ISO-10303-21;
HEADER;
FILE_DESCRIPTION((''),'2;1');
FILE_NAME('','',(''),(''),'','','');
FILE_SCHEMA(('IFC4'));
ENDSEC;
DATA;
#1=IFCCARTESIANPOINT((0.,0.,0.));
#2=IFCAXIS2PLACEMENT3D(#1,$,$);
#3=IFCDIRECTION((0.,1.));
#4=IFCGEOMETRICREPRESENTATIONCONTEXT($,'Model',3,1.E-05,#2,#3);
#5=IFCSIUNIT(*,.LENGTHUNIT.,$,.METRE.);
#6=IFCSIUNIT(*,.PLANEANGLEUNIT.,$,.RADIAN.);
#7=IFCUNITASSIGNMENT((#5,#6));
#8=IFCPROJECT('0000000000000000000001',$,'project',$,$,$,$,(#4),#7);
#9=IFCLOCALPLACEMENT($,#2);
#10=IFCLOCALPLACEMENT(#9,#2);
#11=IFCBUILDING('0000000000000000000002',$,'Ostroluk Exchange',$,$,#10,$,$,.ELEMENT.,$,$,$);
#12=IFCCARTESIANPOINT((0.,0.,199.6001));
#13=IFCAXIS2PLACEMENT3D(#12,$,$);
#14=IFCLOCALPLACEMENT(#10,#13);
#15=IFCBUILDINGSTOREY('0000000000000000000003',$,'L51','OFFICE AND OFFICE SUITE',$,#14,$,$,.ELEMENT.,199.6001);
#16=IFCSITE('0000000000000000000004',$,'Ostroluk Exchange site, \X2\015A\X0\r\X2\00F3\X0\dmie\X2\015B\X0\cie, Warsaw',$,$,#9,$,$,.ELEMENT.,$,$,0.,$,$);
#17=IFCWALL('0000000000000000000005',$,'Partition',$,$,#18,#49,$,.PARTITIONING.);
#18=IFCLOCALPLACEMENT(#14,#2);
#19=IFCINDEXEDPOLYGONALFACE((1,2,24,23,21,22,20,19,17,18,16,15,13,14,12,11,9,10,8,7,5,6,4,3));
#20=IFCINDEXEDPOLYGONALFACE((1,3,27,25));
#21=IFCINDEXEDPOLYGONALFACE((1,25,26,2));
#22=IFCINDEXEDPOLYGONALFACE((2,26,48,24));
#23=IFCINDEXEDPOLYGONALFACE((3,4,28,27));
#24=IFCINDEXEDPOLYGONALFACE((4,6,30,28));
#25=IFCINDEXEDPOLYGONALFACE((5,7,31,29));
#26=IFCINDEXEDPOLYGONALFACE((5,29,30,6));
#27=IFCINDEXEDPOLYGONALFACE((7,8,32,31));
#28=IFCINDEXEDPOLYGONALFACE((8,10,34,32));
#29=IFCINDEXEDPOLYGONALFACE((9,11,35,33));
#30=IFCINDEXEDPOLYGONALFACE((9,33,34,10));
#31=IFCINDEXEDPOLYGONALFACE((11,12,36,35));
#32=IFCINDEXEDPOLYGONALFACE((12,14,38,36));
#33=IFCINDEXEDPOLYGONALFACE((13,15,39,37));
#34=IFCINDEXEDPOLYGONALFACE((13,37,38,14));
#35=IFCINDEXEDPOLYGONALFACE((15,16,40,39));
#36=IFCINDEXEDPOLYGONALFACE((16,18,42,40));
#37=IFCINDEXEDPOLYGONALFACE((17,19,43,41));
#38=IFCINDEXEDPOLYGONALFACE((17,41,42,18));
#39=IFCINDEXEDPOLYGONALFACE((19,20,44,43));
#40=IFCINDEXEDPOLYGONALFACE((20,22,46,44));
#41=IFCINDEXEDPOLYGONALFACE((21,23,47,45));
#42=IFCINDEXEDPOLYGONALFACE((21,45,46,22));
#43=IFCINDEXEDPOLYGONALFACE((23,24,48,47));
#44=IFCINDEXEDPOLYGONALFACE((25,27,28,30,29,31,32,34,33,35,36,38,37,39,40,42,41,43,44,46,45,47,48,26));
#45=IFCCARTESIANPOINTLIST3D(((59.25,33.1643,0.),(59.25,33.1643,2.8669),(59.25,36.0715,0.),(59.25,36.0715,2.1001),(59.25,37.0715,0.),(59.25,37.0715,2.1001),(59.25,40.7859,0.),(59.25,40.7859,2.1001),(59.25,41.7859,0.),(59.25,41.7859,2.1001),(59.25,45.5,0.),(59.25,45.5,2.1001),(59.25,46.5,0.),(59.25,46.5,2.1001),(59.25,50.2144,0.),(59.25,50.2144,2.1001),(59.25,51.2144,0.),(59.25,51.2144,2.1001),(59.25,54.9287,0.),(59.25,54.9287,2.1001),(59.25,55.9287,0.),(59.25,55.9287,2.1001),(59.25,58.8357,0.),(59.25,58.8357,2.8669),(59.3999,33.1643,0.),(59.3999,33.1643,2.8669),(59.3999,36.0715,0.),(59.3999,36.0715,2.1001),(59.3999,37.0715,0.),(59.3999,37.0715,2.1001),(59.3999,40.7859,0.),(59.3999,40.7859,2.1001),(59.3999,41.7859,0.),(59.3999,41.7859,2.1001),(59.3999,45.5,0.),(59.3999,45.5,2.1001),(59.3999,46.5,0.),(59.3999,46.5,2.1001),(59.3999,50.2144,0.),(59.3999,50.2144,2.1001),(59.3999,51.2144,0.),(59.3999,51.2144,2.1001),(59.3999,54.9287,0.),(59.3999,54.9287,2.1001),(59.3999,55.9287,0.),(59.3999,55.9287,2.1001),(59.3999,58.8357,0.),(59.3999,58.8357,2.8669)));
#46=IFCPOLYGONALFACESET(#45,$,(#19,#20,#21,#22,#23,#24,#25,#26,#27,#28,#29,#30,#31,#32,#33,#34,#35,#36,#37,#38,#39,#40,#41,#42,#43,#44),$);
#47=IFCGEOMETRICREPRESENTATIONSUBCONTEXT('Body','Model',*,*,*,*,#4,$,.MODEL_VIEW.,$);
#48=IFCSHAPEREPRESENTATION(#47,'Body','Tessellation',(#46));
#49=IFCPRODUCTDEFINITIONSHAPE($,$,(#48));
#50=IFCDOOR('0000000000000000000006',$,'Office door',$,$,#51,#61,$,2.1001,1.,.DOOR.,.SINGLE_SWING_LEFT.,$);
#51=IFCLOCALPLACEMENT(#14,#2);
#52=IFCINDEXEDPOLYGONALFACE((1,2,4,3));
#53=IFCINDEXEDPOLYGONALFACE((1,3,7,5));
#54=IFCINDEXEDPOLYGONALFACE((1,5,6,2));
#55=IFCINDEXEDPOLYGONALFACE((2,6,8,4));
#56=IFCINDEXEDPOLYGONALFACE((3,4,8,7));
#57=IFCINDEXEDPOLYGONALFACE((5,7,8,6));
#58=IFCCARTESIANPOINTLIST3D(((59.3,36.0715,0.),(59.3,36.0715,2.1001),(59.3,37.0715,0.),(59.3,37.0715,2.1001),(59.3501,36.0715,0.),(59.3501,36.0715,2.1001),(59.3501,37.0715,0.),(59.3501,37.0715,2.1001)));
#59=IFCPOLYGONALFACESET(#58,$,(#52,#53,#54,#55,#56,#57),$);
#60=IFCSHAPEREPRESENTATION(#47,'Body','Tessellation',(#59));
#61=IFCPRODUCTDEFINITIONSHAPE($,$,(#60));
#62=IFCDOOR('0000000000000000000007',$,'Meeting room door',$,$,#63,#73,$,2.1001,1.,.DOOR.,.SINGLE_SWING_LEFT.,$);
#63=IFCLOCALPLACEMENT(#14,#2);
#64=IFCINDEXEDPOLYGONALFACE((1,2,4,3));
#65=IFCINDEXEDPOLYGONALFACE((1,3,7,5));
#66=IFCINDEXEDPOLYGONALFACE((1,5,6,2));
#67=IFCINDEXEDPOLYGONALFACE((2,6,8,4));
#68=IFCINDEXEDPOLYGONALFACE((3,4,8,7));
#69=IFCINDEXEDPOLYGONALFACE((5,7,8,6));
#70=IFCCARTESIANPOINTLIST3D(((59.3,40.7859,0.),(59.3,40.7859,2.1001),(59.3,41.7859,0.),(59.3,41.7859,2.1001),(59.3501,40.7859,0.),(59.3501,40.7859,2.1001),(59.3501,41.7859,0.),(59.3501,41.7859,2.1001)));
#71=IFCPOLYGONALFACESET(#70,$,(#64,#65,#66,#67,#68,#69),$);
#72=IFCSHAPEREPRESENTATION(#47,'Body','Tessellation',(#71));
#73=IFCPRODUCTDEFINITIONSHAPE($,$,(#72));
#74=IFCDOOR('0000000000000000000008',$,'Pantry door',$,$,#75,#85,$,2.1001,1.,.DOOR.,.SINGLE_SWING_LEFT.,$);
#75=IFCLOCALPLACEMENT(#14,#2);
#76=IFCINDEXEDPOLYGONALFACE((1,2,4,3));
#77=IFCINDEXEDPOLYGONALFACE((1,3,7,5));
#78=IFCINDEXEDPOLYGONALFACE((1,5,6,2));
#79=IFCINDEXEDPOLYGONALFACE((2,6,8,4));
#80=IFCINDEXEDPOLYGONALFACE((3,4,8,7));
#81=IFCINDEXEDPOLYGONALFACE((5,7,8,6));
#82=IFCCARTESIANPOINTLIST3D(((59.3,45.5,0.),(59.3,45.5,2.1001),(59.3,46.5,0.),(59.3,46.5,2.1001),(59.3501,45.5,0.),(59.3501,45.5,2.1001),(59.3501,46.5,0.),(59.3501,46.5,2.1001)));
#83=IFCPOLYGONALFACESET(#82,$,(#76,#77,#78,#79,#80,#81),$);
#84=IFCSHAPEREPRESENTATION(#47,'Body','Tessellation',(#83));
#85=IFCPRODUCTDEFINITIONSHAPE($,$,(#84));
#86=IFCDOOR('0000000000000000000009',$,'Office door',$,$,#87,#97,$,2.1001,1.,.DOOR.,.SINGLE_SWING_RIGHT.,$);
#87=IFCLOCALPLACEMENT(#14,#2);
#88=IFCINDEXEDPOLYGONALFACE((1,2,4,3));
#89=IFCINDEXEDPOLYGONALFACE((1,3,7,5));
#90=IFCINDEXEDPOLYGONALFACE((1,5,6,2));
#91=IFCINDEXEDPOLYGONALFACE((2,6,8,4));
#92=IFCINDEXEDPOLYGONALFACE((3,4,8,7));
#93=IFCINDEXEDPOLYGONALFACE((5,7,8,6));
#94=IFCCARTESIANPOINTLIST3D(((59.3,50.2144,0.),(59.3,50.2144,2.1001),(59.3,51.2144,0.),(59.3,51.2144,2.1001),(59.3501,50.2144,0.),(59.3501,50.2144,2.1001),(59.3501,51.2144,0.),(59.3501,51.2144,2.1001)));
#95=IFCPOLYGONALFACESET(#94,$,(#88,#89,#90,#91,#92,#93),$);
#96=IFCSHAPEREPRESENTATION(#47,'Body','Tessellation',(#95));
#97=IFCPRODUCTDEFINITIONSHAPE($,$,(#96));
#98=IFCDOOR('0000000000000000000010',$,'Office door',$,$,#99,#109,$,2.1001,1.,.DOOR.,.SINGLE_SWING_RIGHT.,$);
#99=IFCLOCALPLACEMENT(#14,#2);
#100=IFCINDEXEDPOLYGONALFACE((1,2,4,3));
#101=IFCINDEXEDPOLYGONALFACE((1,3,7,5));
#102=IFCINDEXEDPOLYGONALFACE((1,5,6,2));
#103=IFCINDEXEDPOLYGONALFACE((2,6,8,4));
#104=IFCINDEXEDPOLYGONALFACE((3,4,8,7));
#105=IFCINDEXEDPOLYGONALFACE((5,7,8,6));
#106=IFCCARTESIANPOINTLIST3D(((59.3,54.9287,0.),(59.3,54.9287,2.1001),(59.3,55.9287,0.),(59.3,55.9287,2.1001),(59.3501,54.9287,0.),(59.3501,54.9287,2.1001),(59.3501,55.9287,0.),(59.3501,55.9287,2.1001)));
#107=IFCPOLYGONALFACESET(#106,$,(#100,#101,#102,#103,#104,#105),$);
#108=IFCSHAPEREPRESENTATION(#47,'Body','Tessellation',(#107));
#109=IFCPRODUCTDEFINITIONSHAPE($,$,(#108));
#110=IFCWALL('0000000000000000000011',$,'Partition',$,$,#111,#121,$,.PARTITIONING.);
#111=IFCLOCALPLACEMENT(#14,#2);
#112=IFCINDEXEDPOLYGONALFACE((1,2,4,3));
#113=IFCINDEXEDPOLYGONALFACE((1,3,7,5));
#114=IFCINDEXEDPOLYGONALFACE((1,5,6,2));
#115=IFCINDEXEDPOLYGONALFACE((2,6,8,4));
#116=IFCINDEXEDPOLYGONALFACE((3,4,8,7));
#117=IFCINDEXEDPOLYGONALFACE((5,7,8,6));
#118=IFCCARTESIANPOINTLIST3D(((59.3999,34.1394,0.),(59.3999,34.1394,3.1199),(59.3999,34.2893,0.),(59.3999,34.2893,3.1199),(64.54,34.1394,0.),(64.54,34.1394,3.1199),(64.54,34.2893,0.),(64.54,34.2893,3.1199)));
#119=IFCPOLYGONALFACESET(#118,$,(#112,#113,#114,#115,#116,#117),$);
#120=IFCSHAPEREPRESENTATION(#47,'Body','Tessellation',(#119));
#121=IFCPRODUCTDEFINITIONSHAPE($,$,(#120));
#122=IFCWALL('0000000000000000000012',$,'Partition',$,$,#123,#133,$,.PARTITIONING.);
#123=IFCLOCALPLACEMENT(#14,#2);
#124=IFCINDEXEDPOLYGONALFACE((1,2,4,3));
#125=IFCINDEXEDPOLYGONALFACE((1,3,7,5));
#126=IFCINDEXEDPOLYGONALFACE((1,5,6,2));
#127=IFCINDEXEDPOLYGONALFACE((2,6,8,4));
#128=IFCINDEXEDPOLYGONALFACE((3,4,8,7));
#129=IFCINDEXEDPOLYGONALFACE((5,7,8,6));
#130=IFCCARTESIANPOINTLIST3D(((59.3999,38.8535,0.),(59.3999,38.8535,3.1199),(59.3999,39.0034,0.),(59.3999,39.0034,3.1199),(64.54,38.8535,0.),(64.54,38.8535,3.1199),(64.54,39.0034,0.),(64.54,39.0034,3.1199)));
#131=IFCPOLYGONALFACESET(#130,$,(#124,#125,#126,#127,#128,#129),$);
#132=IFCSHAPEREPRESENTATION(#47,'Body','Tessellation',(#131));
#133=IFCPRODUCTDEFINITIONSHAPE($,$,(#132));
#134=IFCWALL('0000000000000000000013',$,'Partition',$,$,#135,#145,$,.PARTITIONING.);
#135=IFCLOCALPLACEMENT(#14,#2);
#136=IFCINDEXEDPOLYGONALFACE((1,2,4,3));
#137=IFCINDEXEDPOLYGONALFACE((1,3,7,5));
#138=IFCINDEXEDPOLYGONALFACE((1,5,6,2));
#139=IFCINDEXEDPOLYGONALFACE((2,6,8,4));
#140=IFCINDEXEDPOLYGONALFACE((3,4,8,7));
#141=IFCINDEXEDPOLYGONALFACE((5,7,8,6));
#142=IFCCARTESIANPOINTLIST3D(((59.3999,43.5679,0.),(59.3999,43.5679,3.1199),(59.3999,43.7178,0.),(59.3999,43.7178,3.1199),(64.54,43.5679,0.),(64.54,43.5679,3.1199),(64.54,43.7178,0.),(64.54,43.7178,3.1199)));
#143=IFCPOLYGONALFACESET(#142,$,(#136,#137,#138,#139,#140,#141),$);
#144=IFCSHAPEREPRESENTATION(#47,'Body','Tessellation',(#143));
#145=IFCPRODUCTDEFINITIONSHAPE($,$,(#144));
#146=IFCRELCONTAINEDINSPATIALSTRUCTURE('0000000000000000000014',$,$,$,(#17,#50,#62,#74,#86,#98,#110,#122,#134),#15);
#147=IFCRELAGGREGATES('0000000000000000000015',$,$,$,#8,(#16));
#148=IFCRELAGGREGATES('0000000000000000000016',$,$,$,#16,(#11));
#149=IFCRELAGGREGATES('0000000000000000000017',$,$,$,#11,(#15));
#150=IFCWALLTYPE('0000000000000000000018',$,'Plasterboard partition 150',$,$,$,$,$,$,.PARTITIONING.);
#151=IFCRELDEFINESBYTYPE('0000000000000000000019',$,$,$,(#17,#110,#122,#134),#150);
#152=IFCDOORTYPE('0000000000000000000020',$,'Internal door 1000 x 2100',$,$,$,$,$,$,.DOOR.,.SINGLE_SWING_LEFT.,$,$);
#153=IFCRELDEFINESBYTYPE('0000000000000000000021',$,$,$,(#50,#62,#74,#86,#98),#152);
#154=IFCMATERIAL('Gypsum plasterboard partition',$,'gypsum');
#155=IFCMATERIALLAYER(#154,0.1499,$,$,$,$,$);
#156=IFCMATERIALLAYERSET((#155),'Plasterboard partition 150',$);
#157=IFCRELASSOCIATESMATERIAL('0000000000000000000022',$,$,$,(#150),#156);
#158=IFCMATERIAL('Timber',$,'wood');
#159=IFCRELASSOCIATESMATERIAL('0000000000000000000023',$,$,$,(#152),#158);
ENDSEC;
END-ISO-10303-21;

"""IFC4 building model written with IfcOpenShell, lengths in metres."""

from ifc_helpers import new_model, si_unit, direction, frame, frame_2d, origin, place, context, subcontext, project, spatial, rectangle, extrude, material, layer, layer_set, type_object, element, fill, save


model = new_model("IFC4")

# Units and contexts
model_context = context("Model", 3, precision=1e-05, world=origin(), true_north=direction((0.0, 1.0)))
body_context = subcontext(model_context, "Body", "Model", "MODEL_VIEW")
ifc_project = project(units=[si_unit("LENGTHUNIT", "METRE"), si_unit("PLANEANGLEUNIT", "RADIAN")], contexts=[model_context])

# Site, building, storey
site_placement = place(None, origin())
site = spatial("IfcSite", under=ifc_project, at=site_placement, Name="Ostroluk Exchange site, Śródmieście, Warsaw", CompositionType="ELEMENT", RefElevation=0.0)
building_placement = place(site_placement, origin())
building = spatial("IfcBuilding", under=site, at=building_placement, Name="Ostroluk Exchange", CompositionType="ELEMENT")
storey_placement = place(building_placement, frame((0.0, 0.0, 199.6001)))
storey = spatial("IfcBuildingStorey", under=building, at=storey_placement, Name="L51", Description="OFFICE AND OFFICE SUITE", CompositionType="ELEMENT", Elevation=199.6001)

# Shared definitions
ifc_material_1 = material(Name="Gypsum plasterboard partition", Category="gypsum")
ifc_layer_1 = layer(ifc_material_1, 0.1499)
ifc_layer_set_1 = layer_set([ifc_layer_1], Name="Plasterboard partition 150")
wall_type = type_object("IfcWallType", Name="Plasterboard partition 150", PredefinedType="PARTITIONING", material=ifc_layer_set_1)
ifc_material_2 = material(Name="Timber", Category="wood")
door_type = type_object("IfcDoorType", Name="Internal door 1000 x 2100", OperationType="SINGLE_SWING_LEFT", PredefinedType="DOOR", material=ifc_material_2)

# Wall, openings, doors
wall_1_placement = place(storey_placement, frame((59.325, 33.1643, 0.0), z_axis=(0.0, 0.0, 1.0), x_axis=(0.0, 1.0, 0.0)))
wall_1 = element("IfcWall", 1, at=wall_1_placement, inside=storey, type_object=wall_type, Name="Partition", PredefinedType="PARTITIONING", context=body_context, shape_type="SweptSolid", body=[
    extrude(rectangle(XDim=25.6714, YDim=0.1499, at=frame_2d((12.8357, 0.0))), origin(), (0.0, 0.0, 1.0), 2.8669),
])
opening_1_placement = place(wall_1_placement, frame((2.9072, 0.0, 0.0)))
opening_1 = element("IfcOpeningElement", 2, at=opening_1_placement, cuts=wall_1, PredefinedType="OPENING", context=body_context, shape_type="SweptSolid", body=[
    extrude(rectangle(XDim=1.0, YDim=2.1001, at=frame_2d((0.5, 1.05))), frame((0.0, 0.085, 0.0), z_axis=(0.0, -1.0, 0.0), x_axis=(1.0, 0.0, 0.0)), (0.0, 0.0, 1.0), 0.1699),
])
opening_2_placement = place(wall_1_placement, frame((7.6216, 0.0, 0.0)))
opening_2 = element("IfcOpeningElement", 3, at=opening_2_placement, cuts=wall_1, PredefinedType="OPENING", context=body_context, shape_type="SweptSolid", body=[
    extrude(rectangle(XDim=1.0, YDim=2.1001, at=frame_2d((0.5, 1.05))), frame((0.0, 0.085, 0.0), z_axis=(0.0, -1.0, 0.0), x_axis=(1.0, 0.0, 0.0)), (0.0, 0.0, 1.0), 0.1699),
])
opening_3_placement = place(wall_1_placement, frame((12.3357, 0.0, 0.0)))
opening_3 = element("IfcOpeningElement", 4, at=opening_3_placement, cuts=wall_1, PredefinedType="OPENING", context=body_context, shape_type="SweptSolid", body=[
    extrude(rectangle(XDim=1.0, YDim=2.1001, at=frame_2d((0.5, 1.05))), frame((0.0, 0.085, 0.0), z_axis=(0.0, -1.0, 0.0), x_axis=(1.0, 0.0, 0.0)), (0.0, 0.0, 1.0), 0.1699),
])
opening_4_placement = place(wall_1_placement, frame((17.05, 0.0, 0.0)))
opening_4 = element("IfcOpeningElement", 5, at=opening_4_placement, cuts=wall_1, PredefinedType="OPENING", context=body_context, shape_type="SweptSolid", body=[
    extrude(rectangle(XDim=1.0, YDim=2.1001, at=frame_2d((0.5, 1.05))), frame((0.0, 0.085, 0.0), z_axis=(0.0, -1.0, 0.0), x_axis=(1.0, 0.0, 0.0)), (0.0, 0.0, 1.0), 0.1699),
])
opening_5_placement = place(wall_1_placement, frame((21.7644, 0.0, 0.0)))
opening_5 = element("IfcOpeningElement", 6, at=opening_5_placement, cuts=wall_1, PredefinedType="OPENING", context=body_context, shape_type="SweptSolid", body=[
    extrude(rectangle(XDim=1.0, YDim=2.1001, at=frame_2d((0.5, 1.05))), frame((0.0, 0.085, 0.0), z_axis=(0.0, -1.0, 0.0), x_axis=(1.0, 0.0, 0.0)), (0.0, 0.0, 1.0), 0.1699),
])
door_1_placement = place(opening_1_placement, origin())
door_1 = element("IfcDoor", 7, at=door_1_placement, inside=storey, type_object=door_type, Name="Office door", OperationType="SINGLE_SWING_LEFT", OverallHeight=2.1001, OverallWidth=1.0, PredefinedType="DOOR", context=body_context, shape_type="SweptSolid", body=[
    extrude(rectangle(XDim=1.0, YDim=2.1001, at=frame_2d((0.5, 1.05))), frame((0.0, 0.0249, 0.0), z_axis=(0.0, -1.0, 0.0), x_axis=(1.0, 0.0, 0.0)), (0.0, 0.0, 1.0), 0.05),
])
fill(opening_1, door_1)
door_2_placement = place(opening_2_placement, origin())
door_2 = element("IfcDoor", 8, at=door_2_placement, inside=storey, type_object=door_type, Name="Meeting room door", OperationType="SINGLE_SWING_LEFT", OverallHeight=2.1001, OverallWidth=1.0, PredefinedType="DOOR", context=body_context, shape_type="SweptSolid", body=[
    extrude(rectangle(XDim=1.0, YDim=2.1001, at=frame_2d((0.5, 1.05))), frame((0.0, 0.0249, 0.0), z_axis=(0.0, -1.0, 0.0), x_axis=(1.0, 0.0, 0.0)), (0.0, 0.0, 1.0), 0.05),
])
fill(opening_2, door_2)
door_3_placement = place(opening_3_placement, origin())
door_3 = element("IfcDoor", 9, at=door_3_placement, inside=storey, type_object=door_type, Name="Pantry door", OperationType="SINGLE_SWING_LEFT", OverallHeight=2.1001, OverallWidth=1.0, PredefinedType="DOOR", context=body_context, shape_type="SweptSolid", body=[
    extrude(rectangle(XDim=1.0, YDim=2.1001, at=frame_2d((0.5, 1.05))), frame((0.0, 0.0249, 0.0), z_axis=(0.0, -1.0, 0.0), x_axis=(1.0, 0.0, 0.0)), (0.0, 0.0, 1.0), 0.05),
])
fill(opening_3, door_3)
door_4_placement = place(opening_4_placement, origin())
door_4 = element("IfcDoor", 10, at=door_4_placement, inside=storey, type_object=door_type, Name="Office door", OperationType="SINGLE_SWING_RIGHT", OverallHeight=2.1001, OverallWidth=1.0, PredefinedType="DOOR", context=body_context, shape_type="SweptSolid", body=[
    extrude(rectangle(XDim=1.0, YDim=2.1001, at=frame_2d((0.5, 1.05))), frame((0.0, 0.0249, 0.0), z_axis=(0.0, -1.0, 0.0), x_axis=(1.0, 0.0, 0.0)), (0.0, 0.0, 1.0), 0.05),
])
fill(opening_4, door_4)
door_5_placement = place(opening_5_placement, origin())
door_5 = element("IfcDoor", 11, at=door_5_placement, inside=storey, type_object=door_type, Name="Office door", OperationType="SINGLE_SWING_RIGHT", OverallHeight=2.1001, OverallWidth=1.0, PredefinedType="DOOR", context=body_context, shape_type="SweptSolid", body=[
    extrude(rectangle(XDim=1.0, YDim=2.1001, at=frame_2d((0.5, 1.05))), frame((0.0, 0.0249, 0.0), z_axis=(0.0, -1.0, 0.0), x_axis=(1.0, 0.0, 0.0)), (0.0, 0.0, 1.0), 0.05),
])
fill(opening_5, door_5)

# Walls
for number, where, z_axis, x_axis, name in (
    (12, (59.3999, 34.2144, 0.0), (0.0, 0.0, 1.0), (1.0, 0.0, 0.0), "Partition"),
    (13, (59.3999, 38.9285, 0.0), (0.0, 0.0, 1.0), (1.0, 0.0, 0.0), "Partition"),
    (14, (59.3999, 43.6428, 0.0), (0.0, 0.0, 1.0), (1.0, 0.0, 0.0), "Partition"),
):
    element("IfcWall", number, at=place(storey_placement, frame(where, z_axis=z_axis, x_axis=x_axis)), inside=storey, type_object=wall_type, Name=name, PredefinedType="PARTITIONING", context=body_context, shape_type="SweptSolid", body=[
        extrude(rectangle(XDim=5.1401, YDim=0.1499, at=frame_2d((2.5701, 0.0))), origin(), (0.0, 0.0, 1.0), 3.1199),
    ])

save(model, "model.ifc")
